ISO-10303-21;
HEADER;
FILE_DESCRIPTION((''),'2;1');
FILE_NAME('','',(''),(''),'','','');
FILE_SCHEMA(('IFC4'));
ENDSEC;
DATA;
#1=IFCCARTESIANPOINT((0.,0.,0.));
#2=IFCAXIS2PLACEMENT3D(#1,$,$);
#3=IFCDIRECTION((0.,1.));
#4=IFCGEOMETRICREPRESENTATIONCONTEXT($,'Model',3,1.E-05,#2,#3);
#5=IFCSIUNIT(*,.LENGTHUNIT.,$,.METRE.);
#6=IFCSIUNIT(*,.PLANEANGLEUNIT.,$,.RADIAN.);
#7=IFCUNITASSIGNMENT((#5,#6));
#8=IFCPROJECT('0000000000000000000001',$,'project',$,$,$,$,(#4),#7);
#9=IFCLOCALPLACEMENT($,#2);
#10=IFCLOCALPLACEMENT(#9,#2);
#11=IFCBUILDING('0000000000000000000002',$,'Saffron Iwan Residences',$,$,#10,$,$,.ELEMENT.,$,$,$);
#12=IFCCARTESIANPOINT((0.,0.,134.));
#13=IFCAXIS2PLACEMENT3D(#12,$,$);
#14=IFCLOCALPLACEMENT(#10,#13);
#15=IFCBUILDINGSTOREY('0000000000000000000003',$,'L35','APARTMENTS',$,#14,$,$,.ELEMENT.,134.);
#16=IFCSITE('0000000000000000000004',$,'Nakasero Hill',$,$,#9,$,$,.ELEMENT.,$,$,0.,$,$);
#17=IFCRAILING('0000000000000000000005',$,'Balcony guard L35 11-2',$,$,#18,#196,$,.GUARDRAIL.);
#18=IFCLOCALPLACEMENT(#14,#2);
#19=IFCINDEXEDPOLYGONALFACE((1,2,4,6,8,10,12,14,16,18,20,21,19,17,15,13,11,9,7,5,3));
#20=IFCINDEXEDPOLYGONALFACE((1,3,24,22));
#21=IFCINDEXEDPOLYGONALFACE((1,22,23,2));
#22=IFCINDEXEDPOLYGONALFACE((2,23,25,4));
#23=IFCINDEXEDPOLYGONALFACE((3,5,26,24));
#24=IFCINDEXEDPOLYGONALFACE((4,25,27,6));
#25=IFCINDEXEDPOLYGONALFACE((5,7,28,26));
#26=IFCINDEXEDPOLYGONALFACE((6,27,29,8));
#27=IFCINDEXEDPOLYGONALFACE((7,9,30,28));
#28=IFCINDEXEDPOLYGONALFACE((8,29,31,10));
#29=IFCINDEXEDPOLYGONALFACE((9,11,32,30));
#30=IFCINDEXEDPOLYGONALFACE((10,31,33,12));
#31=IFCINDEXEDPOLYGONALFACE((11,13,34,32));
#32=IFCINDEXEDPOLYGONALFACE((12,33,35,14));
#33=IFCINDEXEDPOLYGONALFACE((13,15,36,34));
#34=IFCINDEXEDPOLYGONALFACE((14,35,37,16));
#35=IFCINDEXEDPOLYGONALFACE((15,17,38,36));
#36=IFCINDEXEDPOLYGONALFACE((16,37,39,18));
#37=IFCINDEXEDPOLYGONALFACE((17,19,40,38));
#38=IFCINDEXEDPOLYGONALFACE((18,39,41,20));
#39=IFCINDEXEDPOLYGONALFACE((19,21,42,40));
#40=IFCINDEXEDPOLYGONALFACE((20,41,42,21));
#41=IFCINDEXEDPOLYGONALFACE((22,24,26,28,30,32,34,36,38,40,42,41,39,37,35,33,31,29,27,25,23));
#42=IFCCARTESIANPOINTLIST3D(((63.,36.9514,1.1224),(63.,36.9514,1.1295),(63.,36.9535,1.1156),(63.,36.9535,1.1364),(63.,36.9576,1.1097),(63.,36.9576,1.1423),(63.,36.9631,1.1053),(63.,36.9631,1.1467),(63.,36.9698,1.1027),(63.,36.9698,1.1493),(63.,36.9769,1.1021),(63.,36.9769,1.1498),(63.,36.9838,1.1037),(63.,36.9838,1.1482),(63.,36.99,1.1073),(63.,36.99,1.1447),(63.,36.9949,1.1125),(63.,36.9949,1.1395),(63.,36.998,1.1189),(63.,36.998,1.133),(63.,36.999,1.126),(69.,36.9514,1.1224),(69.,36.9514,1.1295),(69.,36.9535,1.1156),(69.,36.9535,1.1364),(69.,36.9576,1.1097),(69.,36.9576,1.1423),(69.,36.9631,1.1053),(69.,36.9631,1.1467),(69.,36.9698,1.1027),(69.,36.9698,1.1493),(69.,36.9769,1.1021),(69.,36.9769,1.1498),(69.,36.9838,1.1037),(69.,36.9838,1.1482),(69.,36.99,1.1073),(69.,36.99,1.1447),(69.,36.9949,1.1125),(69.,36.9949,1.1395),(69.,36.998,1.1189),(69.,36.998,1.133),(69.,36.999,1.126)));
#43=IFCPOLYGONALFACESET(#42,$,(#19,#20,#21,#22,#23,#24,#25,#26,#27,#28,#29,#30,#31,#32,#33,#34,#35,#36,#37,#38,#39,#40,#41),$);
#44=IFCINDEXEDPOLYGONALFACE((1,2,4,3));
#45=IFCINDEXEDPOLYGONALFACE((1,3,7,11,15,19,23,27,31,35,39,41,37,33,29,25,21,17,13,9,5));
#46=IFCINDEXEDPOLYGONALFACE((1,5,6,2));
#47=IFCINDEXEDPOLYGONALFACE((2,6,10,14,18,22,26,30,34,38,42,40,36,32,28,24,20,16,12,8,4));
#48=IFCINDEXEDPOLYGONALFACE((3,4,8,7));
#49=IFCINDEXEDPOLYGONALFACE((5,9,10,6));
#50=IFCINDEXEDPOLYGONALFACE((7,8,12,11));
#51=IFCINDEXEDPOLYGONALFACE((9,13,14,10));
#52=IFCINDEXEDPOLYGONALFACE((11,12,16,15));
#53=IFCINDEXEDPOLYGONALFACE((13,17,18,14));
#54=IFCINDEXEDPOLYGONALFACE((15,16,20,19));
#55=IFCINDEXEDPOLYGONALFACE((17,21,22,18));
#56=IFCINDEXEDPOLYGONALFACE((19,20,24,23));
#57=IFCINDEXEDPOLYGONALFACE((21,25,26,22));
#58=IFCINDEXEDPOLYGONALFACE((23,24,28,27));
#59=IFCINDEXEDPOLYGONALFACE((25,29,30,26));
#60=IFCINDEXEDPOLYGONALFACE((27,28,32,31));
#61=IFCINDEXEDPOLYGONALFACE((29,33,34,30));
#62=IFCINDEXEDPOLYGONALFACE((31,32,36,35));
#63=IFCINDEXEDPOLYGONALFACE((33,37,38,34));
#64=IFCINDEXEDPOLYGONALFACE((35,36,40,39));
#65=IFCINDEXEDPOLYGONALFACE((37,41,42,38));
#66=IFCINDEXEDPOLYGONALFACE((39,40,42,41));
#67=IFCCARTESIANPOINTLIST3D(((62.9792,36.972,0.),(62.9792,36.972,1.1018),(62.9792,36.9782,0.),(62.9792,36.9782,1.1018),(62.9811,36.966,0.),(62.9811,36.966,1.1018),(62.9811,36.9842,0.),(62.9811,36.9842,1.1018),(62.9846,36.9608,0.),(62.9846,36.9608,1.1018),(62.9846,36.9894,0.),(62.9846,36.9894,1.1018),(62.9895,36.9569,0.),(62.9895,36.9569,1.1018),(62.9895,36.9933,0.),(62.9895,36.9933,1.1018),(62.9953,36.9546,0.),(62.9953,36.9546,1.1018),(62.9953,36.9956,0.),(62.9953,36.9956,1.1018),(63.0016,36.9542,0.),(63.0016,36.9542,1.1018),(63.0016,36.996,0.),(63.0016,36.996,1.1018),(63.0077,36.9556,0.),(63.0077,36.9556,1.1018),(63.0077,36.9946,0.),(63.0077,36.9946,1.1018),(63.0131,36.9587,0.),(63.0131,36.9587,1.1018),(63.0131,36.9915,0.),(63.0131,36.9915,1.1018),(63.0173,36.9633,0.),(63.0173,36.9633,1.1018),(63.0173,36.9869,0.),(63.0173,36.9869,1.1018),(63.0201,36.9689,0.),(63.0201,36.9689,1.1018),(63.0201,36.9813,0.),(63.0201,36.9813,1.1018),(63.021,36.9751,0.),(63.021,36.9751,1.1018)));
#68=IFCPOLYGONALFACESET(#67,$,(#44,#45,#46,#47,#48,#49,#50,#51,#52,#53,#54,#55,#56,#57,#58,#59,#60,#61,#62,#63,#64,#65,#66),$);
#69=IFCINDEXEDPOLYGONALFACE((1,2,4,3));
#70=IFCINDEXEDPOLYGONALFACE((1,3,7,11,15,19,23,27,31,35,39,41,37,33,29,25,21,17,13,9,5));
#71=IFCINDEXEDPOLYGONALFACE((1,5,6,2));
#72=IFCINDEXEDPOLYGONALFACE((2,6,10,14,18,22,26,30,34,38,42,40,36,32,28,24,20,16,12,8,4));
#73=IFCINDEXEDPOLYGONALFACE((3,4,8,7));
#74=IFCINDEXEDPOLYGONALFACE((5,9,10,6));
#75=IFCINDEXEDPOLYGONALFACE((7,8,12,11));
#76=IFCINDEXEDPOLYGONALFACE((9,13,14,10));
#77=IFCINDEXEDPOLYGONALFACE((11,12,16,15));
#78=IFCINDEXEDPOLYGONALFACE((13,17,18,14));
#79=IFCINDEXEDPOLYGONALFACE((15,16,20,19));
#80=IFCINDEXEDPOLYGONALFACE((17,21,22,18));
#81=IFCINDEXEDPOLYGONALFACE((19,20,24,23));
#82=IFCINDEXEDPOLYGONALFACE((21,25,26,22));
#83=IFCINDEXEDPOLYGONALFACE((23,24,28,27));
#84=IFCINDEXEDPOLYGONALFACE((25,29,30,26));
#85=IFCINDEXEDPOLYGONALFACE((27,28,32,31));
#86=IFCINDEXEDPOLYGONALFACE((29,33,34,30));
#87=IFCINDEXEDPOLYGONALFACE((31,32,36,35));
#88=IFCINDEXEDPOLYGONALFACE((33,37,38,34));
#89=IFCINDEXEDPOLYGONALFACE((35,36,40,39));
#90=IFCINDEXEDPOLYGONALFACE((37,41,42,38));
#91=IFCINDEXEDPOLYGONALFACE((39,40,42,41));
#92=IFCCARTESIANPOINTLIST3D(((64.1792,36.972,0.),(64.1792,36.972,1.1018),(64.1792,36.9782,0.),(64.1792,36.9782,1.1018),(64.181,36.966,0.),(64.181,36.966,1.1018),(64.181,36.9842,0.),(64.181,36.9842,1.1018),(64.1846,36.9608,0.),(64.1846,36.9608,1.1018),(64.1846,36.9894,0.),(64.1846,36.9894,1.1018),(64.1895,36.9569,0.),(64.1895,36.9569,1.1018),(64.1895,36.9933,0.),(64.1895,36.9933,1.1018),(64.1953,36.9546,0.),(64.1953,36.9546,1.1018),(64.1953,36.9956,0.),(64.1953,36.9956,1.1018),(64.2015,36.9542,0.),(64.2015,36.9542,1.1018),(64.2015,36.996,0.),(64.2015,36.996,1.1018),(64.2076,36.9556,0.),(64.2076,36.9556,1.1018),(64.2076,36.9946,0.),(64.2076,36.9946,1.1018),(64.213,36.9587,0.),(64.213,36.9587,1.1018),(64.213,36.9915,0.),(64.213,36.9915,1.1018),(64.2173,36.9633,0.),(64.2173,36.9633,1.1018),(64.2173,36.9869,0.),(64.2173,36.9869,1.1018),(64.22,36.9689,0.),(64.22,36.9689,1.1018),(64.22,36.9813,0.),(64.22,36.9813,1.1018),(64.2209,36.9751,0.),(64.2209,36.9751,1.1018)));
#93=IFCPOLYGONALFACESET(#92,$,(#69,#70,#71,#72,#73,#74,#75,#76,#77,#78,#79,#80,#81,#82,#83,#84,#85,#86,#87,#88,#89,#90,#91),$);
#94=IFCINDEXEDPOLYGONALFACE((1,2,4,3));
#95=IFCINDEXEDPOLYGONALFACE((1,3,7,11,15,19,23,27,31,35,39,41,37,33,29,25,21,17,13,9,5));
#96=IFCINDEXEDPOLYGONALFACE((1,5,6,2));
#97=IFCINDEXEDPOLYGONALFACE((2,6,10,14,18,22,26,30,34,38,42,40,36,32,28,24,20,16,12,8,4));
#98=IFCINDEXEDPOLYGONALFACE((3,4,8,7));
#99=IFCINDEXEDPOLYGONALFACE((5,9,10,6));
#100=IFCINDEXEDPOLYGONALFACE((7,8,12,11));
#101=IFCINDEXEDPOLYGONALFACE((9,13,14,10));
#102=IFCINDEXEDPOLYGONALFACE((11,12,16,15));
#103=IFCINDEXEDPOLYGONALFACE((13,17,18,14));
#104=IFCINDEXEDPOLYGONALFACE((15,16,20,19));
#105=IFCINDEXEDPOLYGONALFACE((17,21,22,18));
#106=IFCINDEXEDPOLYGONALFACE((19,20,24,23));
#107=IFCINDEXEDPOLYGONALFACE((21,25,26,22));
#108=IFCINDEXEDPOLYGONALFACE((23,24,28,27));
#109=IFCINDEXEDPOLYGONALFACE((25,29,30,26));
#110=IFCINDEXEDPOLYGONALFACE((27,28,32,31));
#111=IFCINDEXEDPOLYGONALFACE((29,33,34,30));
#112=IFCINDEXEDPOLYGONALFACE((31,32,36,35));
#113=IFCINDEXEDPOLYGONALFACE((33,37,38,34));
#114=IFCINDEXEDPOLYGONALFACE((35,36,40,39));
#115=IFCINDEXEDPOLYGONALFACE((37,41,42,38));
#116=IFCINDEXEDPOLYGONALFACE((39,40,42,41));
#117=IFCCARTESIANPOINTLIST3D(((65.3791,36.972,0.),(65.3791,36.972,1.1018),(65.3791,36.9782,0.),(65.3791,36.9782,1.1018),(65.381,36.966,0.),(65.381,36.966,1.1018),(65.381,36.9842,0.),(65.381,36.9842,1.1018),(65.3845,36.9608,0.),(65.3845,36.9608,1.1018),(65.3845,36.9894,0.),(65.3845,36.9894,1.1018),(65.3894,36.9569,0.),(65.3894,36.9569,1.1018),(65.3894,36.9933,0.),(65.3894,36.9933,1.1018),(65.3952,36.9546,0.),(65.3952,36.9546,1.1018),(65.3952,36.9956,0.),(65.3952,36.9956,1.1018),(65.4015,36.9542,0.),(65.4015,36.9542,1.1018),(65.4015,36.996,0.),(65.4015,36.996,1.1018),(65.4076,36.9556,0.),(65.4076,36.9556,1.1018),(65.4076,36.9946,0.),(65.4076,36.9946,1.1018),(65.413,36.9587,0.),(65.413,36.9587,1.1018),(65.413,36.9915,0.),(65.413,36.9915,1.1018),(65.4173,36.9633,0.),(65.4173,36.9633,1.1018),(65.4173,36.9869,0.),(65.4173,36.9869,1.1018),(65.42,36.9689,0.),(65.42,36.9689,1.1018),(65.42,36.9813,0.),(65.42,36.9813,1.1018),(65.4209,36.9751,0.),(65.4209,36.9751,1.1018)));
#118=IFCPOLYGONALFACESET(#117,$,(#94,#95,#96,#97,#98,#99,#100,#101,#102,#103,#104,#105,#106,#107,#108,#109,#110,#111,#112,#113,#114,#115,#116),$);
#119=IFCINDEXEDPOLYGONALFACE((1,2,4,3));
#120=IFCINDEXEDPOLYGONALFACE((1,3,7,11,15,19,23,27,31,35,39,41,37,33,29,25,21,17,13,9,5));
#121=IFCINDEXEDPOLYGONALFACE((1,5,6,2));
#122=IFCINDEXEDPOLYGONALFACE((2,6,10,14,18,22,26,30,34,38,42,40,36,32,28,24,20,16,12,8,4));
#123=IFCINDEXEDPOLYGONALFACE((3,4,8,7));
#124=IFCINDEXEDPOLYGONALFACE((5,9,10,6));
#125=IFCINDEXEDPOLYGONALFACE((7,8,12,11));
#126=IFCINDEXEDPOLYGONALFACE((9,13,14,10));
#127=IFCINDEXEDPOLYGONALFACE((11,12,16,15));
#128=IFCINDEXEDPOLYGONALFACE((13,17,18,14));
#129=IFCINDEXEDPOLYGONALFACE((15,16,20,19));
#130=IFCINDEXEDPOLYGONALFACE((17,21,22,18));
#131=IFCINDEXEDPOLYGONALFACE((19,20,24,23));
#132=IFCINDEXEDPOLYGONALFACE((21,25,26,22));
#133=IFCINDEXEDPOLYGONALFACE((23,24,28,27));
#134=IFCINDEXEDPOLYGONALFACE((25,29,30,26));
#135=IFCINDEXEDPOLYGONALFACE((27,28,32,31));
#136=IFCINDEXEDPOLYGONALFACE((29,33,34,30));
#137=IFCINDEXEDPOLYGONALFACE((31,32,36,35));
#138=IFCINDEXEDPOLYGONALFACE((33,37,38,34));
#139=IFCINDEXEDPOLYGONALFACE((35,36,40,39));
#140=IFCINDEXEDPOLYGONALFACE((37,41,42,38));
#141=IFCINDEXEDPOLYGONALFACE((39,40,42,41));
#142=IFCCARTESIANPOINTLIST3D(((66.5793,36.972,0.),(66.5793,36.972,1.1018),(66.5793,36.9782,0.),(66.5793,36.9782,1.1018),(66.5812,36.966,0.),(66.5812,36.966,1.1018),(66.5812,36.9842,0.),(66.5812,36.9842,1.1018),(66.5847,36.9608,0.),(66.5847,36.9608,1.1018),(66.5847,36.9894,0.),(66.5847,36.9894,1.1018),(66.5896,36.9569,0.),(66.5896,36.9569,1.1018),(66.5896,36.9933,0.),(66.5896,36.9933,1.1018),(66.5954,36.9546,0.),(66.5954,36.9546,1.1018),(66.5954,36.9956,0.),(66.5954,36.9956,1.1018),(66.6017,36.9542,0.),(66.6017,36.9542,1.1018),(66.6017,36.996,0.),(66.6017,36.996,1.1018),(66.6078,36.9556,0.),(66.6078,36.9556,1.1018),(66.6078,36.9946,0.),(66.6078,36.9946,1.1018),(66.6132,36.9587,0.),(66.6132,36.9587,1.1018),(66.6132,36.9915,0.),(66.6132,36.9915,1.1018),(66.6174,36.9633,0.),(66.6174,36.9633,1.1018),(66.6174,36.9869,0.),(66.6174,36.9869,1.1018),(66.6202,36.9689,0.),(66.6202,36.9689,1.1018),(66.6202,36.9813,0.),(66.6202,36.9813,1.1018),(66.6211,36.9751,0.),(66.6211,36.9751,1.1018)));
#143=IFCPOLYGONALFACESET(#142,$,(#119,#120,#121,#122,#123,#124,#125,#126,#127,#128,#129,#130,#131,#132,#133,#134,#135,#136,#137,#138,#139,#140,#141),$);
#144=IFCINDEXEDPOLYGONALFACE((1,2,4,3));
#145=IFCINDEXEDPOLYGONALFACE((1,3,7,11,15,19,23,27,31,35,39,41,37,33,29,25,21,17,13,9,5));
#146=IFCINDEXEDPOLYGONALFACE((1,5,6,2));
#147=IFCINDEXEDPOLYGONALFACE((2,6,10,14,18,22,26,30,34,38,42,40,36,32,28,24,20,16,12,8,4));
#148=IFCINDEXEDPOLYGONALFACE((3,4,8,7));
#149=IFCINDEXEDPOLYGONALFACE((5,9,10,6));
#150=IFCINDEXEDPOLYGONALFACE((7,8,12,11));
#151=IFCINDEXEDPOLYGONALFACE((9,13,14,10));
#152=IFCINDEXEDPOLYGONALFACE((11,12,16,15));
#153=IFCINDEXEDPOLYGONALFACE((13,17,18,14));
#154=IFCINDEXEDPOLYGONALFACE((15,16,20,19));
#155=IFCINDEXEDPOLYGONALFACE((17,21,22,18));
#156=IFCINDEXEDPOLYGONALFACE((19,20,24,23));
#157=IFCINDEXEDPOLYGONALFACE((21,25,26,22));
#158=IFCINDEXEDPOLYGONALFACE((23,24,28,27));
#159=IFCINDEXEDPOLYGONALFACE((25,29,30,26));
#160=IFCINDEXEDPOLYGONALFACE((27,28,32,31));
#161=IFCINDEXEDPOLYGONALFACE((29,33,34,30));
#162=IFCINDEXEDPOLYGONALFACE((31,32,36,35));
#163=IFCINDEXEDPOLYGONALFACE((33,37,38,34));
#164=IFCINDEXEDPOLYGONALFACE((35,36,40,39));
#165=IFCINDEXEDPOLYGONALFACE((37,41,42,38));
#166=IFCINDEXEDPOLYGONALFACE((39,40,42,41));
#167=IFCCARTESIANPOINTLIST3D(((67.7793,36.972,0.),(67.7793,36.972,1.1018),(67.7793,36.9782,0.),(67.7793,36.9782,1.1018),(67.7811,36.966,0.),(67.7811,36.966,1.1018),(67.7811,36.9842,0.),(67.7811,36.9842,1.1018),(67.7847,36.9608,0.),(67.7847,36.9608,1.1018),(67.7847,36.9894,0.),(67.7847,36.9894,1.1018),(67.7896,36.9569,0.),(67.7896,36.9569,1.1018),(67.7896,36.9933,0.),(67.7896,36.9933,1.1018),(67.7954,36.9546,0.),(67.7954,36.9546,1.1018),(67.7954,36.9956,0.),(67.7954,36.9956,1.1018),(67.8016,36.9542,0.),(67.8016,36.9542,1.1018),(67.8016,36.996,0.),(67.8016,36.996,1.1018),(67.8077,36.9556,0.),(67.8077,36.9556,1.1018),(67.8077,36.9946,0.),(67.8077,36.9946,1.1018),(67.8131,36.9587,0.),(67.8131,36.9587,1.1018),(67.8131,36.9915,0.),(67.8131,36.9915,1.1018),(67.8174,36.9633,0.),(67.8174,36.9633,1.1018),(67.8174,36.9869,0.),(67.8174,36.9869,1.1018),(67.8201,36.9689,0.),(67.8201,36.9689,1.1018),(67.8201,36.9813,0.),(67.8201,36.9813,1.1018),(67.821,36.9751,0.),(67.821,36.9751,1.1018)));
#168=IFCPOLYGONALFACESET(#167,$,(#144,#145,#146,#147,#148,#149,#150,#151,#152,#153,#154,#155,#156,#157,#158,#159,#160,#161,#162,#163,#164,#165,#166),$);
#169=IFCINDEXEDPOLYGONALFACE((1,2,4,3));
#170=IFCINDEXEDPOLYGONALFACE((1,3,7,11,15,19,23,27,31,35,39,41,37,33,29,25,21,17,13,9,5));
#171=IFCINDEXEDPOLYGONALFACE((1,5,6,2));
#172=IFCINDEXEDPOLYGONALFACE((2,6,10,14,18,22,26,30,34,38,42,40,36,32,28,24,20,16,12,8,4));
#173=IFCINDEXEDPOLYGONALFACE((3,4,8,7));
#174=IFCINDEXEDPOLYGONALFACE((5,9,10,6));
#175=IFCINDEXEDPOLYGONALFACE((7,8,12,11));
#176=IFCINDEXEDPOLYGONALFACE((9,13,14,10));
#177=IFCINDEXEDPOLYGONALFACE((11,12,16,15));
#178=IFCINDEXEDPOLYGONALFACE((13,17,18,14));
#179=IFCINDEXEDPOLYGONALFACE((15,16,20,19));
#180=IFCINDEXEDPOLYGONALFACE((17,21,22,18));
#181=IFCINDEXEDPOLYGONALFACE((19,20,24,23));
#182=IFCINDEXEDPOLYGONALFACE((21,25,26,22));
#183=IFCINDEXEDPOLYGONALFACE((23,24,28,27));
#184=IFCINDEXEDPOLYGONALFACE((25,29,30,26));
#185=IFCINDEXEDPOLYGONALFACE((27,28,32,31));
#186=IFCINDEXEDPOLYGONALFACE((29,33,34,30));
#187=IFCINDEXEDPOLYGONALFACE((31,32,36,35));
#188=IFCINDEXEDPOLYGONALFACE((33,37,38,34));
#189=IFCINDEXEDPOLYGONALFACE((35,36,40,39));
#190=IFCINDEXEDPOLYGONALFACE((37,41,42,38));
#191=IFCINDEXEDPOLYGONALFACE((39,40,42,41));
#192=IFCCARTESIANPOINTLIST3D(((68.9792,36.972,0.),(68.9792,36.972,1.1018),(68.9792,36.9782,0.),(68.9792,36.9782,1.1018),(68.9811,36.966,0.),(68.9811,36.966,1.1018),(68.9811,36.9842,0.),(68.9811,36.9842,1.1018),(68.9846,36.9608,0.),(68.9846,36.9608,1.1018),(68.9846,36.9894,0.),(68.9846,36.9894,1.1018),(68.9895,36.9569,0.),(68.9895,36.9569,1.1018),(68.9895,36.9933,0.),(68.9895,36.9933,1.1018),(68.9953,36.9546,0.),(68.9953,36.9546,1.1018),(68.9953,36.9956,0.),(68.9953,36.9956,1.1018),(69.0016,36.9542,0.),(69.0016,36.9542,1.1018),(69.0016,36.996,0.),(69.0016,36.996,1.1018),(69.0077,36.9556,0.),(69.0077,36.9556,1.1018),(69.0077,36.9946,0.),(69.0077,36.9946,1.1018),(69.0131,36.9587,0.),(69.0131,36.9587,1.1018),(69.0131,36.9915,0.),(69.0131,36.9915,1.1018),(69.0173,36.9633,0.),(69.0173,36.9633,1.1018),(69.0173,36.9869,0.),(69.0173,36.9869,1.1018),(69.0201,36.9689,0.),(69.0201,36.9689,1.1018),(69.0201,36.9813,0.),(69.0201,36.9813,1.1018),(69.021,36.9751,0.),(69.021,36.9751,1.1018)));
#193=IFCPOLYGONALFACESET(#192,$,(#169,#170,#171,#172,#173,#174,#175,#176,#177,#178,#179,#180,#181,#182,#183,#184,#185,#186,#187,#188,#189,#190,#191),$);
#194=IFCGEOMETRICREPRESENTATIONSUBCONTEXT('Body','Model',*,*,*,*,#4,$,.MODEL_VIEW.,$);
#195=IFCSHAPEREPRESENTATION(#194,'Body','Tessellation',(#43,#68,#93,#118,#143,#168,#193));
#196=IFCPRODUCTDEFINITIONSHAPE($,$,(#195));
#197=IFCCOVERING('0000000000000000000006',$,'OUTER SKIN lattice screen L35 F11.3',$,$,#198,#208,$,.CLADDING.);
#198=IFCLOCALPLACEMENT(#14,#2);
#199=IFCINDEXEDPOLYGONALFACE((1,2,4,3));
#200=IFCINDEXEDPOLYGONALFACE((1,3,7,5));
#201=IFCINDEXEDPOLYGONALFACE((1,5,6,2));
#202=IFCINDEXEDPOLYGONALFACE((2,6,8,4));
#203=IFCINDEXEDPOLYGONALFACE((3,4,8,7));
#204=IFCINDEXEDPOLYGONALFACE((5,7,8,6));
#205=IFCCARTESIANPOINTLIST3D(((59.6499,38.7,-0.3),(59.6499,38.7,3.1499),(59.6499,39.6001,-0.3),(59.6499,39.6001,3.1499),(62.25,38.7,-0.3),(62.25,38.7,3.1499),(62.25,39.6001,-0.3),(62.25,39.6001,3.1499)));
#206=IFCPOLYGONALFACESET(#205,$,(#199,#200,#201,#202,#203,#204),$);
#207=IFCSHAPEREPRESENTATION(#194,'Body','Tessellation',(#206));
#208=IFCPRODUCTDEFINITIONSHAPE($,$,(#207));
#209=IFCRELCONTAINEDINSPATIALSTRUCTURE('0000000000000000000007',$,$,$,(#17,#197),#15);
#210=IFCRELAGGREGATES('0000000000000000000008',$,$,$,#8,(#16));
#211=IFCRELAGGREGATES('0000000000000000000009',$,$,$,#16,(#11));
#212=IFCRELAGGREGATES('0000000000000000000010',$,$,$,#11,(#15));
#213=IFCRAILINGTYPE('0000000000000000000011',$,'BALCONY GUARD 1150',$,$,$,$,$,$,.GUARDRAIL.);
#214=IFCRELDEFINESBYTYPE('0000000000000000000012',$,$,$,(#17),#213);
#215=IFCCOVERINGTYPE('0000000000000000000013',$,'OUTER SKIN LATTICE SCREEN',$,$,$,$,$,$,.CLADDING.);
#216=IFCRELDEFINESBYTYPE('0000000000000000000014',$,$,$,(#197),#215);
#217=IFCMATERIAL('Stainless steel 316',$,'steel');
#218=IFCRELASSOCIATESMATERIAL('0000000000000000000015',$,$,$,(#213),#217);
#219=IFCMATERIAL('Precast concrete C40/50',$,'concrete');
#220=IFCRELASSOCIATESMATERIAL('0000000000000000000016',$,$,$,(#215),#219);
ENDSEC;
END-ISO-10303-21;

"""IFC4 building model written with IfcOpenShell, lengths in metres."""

from ifc_helpers import new_model, si_unit, direction, frame, origin, origin_2d, place, context, subcontext, project, spatial, polyline, circle, outline, extrude, material, type_object, element, save


model = new_model("IFC4")

# Units and contexts
model_context = context("Model", 3, precision=1e-05, world=origin(), true_north=direction((0.0, 1.0)))
body_context = subcontext(model_context, "Body", "Model", "MODEL_VIEW")
ifc_project = project(units=[si_unit("LENGTHUNIT", "METRE"), si_unit("PLANEANGLEUNIT", "RADIAN")], contexts=[model_context])

# Site, building, storey
site_placement = place(None, origin())
site = spatial("IfcSite", under=ifc_project, at=site_placement, Name="Nakasero Hill", CompositionType="ELEMENT", RefElevation=0.0)
building_placement = place(site_placement, origin())
building = spatial("IfcBuilding", under=site, at=building_placement, Name="Saffron Iwan Residences", CompositionType="ELEMENT")
storey_placement = place(building_placement, frame((0.0, 0.0, 134.0)))
storey = spatial("IfcBuildingStorey", under=building, at=storey_placement, Name="L35", Description="APARTMENTS", CompositionType="ELEMENT", Elevation=134.0)

# Railing
ifc_material_1 = material(Name="Stainless steel 316", Category="steel")
railing_type = type_object("IfcRailingType", Name="BALCONY GUARD 1150", PredefinedType="GUARDRAIL", material=ifc_material_1)
railing_placement = place(storey_placement, frame((63.0, 36.9751, 0.0)))
element("IfcRailing", 1, at=railing_placement, inside=storey, type_object=railing_type, Name="Balcony guard L35 11-2", PredefinedType="GUARDRAIL", context=body_context, shape_type="SweptSolid", body=[
    extrude(circle(Radius=0.0239, at=origin_2d()), frame((0.0, 0.0, 1.126), z_axis=(1.0, 0.0, 0.0), x_axis=(0.0, 1.0, 0.0)), (0.0, 0.0, 1.0), 6.0),
    extrude(circle(Radius=0.021, at=origin_2d()), origin(), (0.0, 0.0, 1.0), 1.1018),
    extrude(circle(Radius=0.021, at=origin_2d()), frame((1.2, 0.0, 0.0)), (0.0, 0.0, 1.0), 1.1018),
    extrude(circle(Radius=0.021, at=origin_2d()), frame((2.3999, 0.0, 0.0)), (0.0, 0.0, 1.0), 1.1018),
    extrude(circle(Radius=0.021, at=origin_2d()), frame((3.6001, 0.0, 0.0)), (0.0, 0.0, 1.0), 1.1018),
    extrude(circle(Radius=0.021, at=origin_2d()), frame((4.8, 0.0, 0.0)), (0.0, 0.0, 1.0), 1.1018),
    extrude(circle(Radius=0.021, at=origin_2d()), frame((6.0, 0.0, 0.0)), (0.0, 0.0, 1.0), 1.1018),
])

# Covering
ifc_material_2 = material(Name="Precast concrete C40/50", Category="concrete")
covering_type = type_object("IfcCoveringType", Name="OUTER SKIN LATTICE SCREEN", PredefinedType="CLADDING", material=ifc_material_2)
covering_placement = place(storey_placement, frame((59.6499, 39.6001, -0.3), z_axis=(0.0, -1.0, 0.0), x_axis=(1.0, 0.0, 0.0)))
element("IfcCovering", 2, at=covering_placement, inside=storey, type_object=covering_type, Name="OUTER SKIN lattice screen L35 F11.3", PredefinedType="CLADDING", context=body_context, shape_type="SweptSolid", body=[
    extrude(outline(polyline([(0.0, 0.0), (2.6001, 0.0), (2.6001, 3.45), (0.0, 3.45), (0.0, 0.0)])), origin(), (0.0, 0.0, 1.0), 0.9001),
])

save(model, "model.ifc")
